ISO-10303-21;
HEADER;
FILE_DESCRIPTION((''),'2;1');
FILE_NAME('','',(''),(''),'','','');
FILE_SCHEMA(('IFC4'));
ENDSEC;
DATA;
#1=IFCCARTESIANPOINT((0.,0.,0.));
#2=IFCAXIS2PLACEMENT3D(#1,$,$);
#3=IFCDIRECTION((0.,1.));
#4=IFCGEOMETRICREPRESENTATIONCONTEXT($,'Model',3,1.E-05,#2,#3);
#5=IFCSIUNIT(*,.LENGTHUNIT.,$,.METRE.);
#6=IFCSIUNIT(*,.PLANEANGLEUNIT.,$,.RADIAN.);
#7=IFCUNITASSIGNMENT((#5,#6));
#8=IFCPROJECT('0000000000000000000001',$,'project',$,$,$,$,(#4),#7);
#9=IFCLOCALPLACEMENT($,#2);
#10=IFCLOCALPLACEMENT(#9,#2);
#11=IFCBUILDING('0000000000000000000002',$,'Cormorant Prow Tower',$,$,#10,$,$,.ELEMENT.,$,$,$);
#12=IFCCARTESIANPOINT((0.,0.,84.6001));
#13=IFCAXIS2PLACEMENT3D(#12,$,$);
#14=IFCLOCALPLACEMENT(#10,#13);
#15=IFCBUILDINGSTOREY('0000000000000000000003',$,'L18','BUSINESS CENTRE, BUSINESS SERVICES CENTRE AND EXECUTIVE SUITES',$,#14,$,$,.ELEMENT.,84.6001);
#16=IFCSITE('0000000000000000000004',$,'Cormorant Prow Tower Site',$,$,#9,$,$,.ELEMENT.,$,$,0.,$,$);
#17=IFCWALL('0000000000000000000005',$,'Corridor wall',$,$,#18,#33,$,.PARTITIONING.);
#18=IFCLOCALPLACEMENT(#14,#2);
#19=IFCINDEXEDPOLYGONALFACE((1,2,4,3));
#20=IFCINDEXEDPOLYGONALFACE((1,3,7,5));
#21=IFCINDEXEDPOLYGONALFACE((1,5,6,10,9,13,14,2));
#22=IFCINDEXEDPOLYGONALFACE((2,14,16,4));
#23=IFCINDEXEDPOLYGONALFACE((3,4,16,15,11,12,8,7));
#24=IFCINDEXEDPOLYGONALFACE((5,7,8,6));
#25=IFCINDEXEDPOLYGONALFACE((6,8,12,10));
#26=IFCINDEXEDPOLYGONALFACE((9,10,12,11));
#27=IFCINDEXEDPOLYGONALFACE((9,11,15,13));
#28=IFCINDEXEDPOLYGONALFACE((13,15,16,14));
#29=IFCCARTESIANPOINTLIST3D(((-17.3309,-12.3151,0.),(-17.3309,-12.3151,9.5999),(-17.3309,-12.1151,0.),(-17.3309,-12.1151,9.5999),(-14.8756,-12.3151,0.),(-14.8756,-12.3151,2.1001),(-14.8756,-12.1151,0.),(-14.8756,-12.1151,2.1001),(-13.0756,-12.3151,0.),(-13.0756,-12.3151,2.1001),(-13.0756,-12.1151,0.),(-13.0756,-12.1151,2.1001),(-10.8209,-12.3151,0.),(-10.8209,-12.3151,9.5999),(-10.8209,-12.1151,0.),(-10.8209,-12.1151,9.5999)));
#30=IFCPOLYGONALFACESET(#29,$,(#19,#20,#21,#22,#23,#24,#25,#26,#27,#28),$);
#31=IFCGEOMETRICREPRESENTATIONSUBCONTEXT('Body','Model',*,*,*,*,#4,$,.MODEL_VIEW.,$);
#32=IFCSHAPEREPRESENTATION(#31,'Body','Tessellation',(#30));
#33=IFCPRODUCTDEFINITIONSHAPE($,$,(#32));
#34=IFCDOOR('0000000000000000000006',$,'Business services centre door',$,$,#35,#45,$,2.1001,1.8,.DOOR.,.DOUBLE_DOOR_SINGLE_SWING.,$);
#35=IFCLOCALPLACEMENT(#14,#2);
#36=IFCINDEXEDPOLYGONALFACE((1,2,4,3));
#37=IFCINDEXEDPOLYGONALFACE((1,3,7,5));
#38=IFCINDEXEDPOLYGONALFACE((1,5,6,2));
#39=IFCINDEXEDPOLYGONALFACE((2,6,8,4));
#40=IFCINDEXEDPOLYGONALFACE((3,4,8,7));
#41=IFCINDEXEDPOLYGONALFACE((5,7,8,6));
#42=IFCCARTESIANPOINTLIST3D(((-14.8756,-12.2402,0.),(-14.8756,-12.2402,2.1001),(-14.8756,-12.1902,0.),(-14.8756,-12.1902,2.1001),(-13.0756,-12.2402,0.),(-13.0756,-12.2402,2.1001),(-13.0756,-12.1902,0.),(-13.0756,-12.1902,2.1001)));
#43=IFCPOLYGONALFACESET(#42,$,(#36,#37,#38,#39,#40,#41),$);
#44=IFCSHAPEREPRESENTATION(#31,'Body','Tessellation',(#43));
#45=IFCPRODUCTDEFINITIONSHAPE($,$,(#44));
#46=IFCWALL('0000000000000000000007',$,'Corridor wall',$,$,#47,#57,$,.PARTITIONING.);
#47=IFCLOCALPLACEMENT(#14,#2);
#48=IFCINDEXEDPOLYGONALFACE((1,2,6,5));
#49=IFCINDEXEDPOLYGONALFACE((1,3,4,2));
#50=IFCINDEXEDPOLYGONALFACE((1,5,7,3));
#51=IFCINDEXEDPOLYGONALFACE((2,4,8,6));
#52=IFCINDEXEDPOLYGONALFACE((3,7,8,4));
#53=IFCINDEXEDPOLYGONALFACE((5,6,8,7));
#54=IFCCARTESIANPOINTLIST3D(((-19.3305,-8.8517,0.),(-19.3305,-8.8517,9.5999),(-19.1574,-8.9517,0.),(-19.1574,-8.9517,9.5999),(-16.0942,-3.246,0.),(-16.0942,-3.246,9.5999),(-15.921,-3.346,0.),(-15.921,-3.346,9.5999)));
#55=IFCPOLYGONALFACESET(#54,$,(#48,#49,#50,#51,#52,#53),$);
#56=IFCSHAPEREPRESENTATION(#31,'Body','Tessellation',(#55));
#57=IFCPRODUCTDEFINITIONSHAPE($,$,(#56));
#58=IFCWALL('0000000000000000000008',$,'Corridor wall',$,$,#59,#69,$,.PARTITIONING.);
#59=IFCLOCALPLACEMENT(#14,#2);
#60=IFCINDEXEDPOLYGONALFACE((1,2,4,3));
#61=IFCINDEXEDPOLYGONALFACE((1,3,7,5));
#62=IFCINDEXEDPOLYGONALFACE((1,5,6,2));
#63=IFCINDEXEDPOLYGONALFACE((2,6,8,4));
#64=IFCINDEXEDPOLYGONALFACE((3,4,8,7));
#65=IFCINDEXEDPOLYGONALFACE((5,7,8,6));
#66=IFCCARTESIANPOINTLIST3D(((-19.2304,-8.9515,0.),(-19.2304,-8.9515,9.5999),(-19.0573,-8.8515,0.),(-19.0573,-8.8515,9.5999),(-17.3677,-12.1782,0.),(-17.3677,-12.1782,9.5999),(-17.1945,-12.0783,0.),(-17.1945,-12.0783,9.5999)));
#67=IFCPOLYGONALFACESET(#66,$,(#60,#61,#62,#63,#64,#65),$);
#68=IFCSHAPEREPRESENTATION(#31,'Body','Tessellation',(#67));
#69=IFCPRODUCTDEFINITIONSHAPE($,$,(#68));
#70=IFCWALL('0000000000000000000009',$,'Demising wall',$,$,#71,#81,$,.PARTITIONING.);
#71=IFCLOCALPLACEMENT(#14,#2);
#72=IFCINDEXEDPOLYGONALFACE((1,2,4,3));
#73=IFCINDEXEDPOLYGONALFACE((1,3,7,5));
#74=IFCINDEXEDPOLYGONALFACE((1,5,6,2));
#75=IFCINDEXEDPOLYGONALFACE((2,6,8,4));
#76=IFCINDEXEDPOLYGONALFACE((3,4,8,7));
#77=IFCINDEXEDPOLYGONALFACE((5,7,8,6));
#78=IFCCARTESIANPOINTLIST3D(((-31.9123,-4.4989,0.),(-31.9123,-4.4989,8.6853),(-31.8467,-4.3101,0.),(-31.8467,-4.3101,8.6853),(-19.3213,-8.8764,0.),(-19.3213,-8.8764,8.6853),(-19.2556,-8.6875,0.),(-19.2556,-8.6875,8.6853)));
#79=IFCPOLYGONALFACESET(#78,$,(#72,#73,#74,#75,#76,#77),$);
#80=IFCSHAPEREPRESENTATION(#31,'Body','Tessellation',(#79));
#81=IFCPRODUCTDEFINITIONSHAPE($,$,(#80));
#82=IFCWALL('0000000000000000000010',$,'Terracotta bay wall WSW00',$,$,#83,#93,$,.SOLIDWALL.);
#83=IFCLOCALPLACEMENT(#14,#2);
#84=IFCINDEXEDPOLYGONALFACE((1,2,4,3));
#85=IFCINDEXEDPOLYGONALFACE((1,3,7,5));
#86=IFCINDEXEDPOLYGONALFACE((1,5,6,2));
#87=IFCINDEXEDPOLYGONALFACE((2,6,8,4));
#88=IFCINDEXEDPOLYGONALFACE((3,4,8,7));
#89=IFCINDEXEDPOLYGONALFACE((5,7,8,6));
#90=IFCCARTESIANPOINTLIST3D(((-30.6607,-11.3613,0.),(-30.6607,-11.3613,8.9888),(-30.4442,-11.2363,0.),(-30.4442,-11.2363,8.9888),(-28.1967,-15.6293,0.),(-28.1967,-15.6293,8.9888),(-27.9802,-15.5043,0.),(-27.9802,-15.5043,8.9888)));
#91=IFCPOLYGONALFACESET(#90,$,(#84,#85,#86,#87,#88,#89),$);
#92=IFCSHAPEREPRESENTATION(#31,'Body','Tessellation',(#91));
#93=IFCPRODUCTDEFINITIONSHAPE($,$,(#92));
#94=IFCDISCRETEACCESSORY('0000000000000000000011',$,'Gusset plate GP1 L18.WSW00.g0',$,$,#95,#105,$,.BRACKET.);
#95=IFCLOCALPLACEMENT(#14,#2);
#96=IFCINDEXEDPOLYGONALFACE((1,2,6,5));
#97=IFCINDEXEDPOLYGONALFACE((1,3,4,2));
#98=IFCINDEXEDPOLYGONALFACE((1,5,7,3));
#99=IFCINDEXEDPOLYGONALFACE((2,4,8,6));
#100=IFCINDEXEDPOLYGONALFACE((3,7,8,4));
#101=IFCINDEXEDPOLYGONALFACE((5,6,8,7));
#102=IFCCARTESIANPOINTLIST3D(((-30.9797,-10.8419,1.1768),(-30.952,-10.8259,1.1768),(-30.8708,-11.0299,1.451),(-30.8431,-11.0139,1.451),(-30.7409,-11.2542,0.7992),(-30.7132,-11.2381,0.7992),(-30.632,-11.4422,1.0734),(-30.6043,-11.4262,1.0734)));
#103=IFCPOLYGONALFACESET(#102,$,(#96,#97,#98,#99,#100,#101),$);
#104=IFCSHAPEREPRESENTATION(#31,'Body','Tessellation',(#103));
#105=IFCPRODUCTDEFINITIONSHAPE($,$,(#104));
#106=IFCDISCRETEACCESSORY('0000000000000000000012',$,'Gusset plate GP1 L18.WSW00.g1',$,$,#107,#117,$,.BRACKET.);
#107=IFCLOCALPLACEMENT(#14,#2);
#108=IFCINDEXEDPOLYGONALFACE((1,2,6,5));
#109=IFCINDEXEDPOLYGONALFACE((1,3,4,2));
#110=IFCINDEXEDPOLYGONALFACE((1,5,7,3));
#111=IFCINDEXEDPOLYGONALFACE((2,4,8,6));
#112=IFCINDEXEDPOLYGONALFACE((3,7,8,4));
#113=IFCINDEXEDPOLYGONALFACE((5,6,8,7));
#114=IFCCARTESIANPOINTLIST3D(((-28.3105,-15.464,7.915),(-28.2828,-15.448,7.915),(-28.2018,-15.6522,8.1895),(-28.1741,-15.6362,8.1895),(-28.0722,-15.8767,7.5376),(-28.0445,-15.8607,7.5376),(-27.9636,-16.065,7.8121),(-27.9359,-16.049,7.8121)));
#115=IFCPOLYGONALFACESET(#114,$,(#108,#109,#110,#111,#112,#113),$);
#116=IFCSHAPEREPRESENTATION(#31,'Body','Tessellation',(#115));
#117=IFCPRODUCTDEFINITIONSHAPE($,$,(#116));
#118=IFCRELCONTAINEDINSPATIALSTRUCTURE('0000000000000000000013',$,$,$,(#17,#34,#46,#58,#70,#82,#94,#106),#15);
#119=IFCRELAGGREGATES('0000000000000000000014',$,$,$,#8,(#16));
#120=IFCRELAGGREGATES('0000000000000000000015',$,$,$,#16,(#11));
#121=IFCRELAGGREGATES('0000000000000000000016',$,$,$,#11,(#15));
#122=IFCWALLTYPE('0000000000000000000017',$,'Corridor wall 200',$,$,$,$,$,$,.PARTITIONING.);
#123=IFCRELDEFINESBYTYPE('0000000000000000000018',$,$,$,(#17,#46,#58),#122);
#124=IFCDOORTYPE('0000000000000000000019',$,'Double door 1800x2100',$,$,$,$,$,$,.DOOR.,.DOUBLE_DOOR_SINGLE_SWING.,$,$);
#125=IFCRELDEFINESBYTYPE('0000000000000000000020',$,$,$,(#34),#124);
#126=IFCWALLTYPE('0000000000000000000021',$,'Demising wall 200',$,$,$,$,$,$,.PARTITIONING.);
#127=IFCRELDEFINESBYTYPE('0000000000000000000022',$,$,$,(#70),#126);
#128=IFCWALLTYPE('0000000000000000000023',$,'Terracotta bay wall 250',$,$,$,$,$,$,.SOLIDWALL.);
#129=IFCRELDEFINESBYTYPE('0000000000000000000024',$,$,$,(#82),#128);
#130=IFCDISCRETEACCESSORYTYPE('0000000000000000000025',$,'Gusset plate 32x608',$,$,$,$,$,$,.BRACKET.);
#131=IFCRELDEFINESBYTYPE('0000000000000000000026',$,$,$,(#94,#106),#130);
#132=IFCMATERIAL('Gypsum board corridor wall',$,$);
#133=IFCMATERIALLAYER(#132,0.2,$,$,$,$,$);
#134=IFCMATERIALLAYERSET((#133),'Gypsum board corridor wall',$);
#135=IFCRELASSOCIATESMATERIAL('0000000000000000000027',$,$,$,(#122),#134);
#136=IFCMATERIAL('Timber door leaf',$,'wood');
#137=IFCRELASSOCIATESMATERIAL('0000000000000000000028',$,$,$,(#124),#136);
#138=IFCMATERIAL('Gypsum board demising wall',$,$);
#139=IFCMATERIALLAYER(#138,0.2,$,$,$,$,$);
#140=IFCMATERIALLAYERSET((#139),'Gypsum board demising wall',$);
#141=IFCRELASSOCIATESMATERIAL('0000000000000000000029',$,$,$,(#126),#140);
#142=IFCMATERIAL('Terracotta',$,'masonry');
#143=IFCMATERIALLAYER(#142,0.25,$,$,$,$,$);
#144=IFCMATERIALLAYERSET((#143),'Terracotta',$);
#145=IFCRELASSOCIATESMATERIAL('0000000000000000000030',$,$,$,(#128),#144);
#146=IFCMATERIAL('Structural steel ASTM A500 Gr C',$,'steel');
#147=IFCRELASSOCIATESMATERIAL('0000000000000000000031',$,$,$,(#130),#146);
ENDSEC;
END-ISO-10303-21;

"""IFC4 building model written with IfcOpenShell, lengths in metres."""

from ifc_helpers import new_model, si_unit, direction, frame, frame_2d, origin, origin_2d, place, context, subcontext, project, spatial, rectangle, extrude, material, layer, layer_set, material_profile, profile_set, type_object, element, fill, save


model = new_model("IFC4")

# Units and contexts
model_context = context("Model", 3, precision=1e-05, world=origin(), true_north=direction((0.0, 1.0)))
body_context = subcontext(model_context, "Body", "Model", "MODEL_VIEW")
ifc_project = project(units=[si_unit("LENGTHUNIT", "METRE"), si_unit("PLANEANGLEUNIT", "RADIAN")], contexts=[model_context])

# Site, building, storey
site_placement = place(None, origin())
site = spatial("IfcSite", under=ifc_project, at=site_placement, Name="Cormorant Prow Tower Site", CompositionType="ELEMENT", RefElevation=0.0)
building_placement = place(site_placement, origin())
building = spatial("IfcBuilding", under=site, at=building_placement, Name="Cormorant Prow Tower", CompositionType="ELEMENT")
storey_placement = place(building_placement, frame((0.0, 0.0, 84.6001)))
storey = spatial("IfcBuildingStorey", under=building, at=storey_placement, Name="L18", Description="BUSINESS CENTRE, BUSINESS SERVICES CENTRE AND EXECUTIVE SUITES", CompositionType="ELEMENT", Elevation=84.6001)

# Wall, opening, door
ifc_material_1 = material(Name="Gypsum board corridor wall")
ifc_layer_1 = layer(ifc_material_1, 0.2)
ifc_layer_set_1 = layer_set([ifc_layer_1], Name="Gypsum board corridor wall")
wall_type_1 = type_object("IfcWallType", Name="Corridor wall 200", PredefinedType="PARTITIONING", material=ifc_layer_set_1)
wall_1_placement = place(storey_placement, frame((-17.3308, -12.2151, 0.0), z_axis=(0.0, 0.0, 1.0), x_axis=(1.0, 0.0, 0.0)))
wall_1 = element("IfcWall", 1, at=wall_1_placement, inside=storey, type_object=wall_type_1, Name="Corridor wall", PredefinedType="PARTITIONING", context=body_context, shape_type="SweptSolid", body=[
    extrude(rectangle(XDim=6.51, YDim=0.2, at=frame_2d((3.2549, 0.0))), origin(), (0.0, 0.0, 1.0), 9.5999),
])
opening_placement = place(wall_1_placement, frame((2.4553, 0.0, 0.0)))
opening = element("IfcOpeningElement", 2, at=opening_placement, cuts=wall_1, PredefinedType="OPENING", context=body_context, shape_type="SweptSolid", body=[
    extrude(rectangle(XDim=1.8, YDim=2.1001, at=frame_2d((0.8999, 1.05))), frame((0.0, 0.1099, 0.0), z_axis=(0.0, -1.0, 0.0), x_axis=(1.0, 0.0, 0.0)), (0.0, 0.0, 1.0), 0.22),
])
ifc_material_2 = material(Name="Timber door leaf", Category="wood")
door_type = type_object("IfcDoorType", Name="Double door 1800x2100", OperationType="DOUBLE_DOOR_SINGLE_SWING", PredefinedType="DOOR", material=ifc_material_2)
door_placement = place(opening_placement, origin())
door = element("IfcDoor", 3, at=door_placement, inside=storey, type_object=door_type, Name="Business services centre door", OperationType="DOUBLE_DOOR_SINGLE_SWING", OverallHeight=2.1001, OverallWidth=1.8, PredefinedType="DOOR", context=body_context, shape_type="SweptSolid", body=[
    extrude(rectangle(XDim=1.8, YDim=2.1001, at=frame_2d((0.8999, 1.05))), frame((0.0, 0.0249, 0.0), z_axis=(0.0, -1.0, 0.0), x_axis=(1.0, 0.0, 0.0)), (0.0, 0.0, 1.0), 0.05),
])
fill(opening, door)

# Walls
wall_2_placement = place(storey_placement, frame((-19.2439, -8.9016, 0.0), z_axis=(0.0, 0.0, 1.0), x_axis=(0.499985, 0.866034, 0.0)))
element("IfcWall", 4, at=wall_2_placement, inside=storey, type_object=wall_type_1, Name="Corridor wall", PredefinedType="PARTITIONING", context=body_context, shape_type="SweptSolid", body=[
    extrude(rectangle(XDim=6.4729, YDim=0.2, at=frame_2d((3.2363, 0.0))), origin(), (0.0, 0.0, 1.0), 9.5999),
])
wall_3_placement = place(storey_placement, frame((-19.1438, -8.9016, 0.0), z_axis=(0.0, 0.0, 1.0), x_axis=(0.499959, -0.866049, 0.0)))
element("IfcWall", 5, at=wall_3_placement, inside=storey, type_object=wall_type_1, Name="Corridor wall", PredefinedType="PARTITIONING", context=body_context, shape_type="SweptSolid", body=[
    extrude(rectangle(XDim=3.7258, YDim=0.2, at=frame_2d((1.8628, 0.0))), origin(), (0.0, 0.0, 1.0), 9.5999),
])
ifc_material_3 = material(Name="Gypsum board demising wall")
ifc_layer_2 = layer(ifc_material_3, 0.2)
ifc_layer_set_2 = layer_set([ifc_layer_2], Name="Gypsum board demising wall")
wall_type_2 = type_object("IfcWallType", Name="Demising wall 200", PredefinedType="PARTITIONING", material=ifc_layer_set_2)
wall_4_placement = place(storey_placement, frame((-31.8794, -4.4045, 0.0), z_axis=(0.0, 0.0, 1.0), x_axis=(0.944545, -0.328383, 0.0)))
element("IfcWall", 6, at=wall_4_placement, inside=storey, type_object=wall_type_2, Name="Demising wall", PredefinedType="PARTITIONING", context=body_context, shape_type="SweptSolid", body=[
    extrude(rectangle(XDim=13.3303, YDim=0.2, at=frame_2d((6.665, 0.0))), origin(), (0.0, 0.0, 1.0), 8.6853),
])
ifc_material_4 = material(Name="Terracotta", Category="masonry")
ifc_layer_3 = layer(ifc_material_4, 0.25)
ifc_layer_set_3 = layer_set([ifc_layer_3], Name="Terracotta")
wall_type_3 = type_object("IfcWallType", Name="Terracotta bay wall 250", PredefinedType="SOLIDWALL", material=ifc_layer_set_3)
wall_5_placement = place(storey_placement, frame((-30.5525, -11.2988, 0.0), z_axis=(0.0, 0.0, 1.0), x_axis=(0.499991, -0.86603, 0.0)))
element("IfcWall", 7, at=wall_5_placement, inside=storey, type_object=wall_type_3, Name="Terracotta bay wall WSW00", PredefinedType="SOLIDWALL", context=body_context, shape_type="SweptSolid", body=[
    extrude(rectangle(XDim=4.9282, YDim=0.25, at=frame_2d((2.4641, 0.0))), origin(), (0.0, 0.0, 1.0), 8.9888),
])

# Discrete accessories
ifc_material_5 = material(Name="Structural steel ASTM A500 Gr C", Category="steel")
ifc_material_profile_1 = material_profile(ifc_material_5, rectangle(XDim=0.032, YDim=0.6079, at=origin_2d()), Name="Gusset plate 32x608")
ifc_profile_set_1 = profile_set([ifc_material_profile_1], Name="Structural steel ASTM A500 Gr C")
discrete_accessory_type = type_object("IfcDiscreteAccessoryType", Name="Gusset plate 32x608", PredefinedType="BRACKET", material=ifc_profile_set_1)
discrete_accessory_1_placement = place(storey_placement, frame((-30.7375, -11.228, 1.2622), z_axis=(-0.311276, 0.537405, -0.783774), x_axis=(-0.865324, -0.501213, 0.0)))
element("IfcDiscreteAccessory", 8, at=discrete_accessory_1_placement, inside=storey, type_object=discrete_accessory_type, Name="Gusset plate GP1 L18.WSW00.g0", PredefinedType="BRACKET", context=body_context, shape_type="SweptSolid", body=[
    extrude(rectangle(XDim=0.032, YDim=0.6079, at=origin_2d()), origin(), (0.0, 0.0, 1.0), 0.3499),
])
discrete_accessory_2_placement = place(storey_placement, frame((-28.1775, -15.6624, 7.7263), z_axis=(0.31036, -0.537724, 0.783919), x_axis=(0.866092, 0.499885, 0.0)))
element("IfcDiscreteAccessory", 9, at=discrete_accessory_2_placement, inside=storey, type_object=discrete_accessory_type, Name="Gusset plate GP1 L18.WSW00.g1", PredefinedType="BRACKET", context=body_context, shape_type="SweptSolid", body=[
    extrude(rectangle(XDim=0.032, YDim=0.6079, at=origin_2d()), origin(), (0.0, 0.0, 1.0), 0.3501),
])

save(model, "model.ifc")
